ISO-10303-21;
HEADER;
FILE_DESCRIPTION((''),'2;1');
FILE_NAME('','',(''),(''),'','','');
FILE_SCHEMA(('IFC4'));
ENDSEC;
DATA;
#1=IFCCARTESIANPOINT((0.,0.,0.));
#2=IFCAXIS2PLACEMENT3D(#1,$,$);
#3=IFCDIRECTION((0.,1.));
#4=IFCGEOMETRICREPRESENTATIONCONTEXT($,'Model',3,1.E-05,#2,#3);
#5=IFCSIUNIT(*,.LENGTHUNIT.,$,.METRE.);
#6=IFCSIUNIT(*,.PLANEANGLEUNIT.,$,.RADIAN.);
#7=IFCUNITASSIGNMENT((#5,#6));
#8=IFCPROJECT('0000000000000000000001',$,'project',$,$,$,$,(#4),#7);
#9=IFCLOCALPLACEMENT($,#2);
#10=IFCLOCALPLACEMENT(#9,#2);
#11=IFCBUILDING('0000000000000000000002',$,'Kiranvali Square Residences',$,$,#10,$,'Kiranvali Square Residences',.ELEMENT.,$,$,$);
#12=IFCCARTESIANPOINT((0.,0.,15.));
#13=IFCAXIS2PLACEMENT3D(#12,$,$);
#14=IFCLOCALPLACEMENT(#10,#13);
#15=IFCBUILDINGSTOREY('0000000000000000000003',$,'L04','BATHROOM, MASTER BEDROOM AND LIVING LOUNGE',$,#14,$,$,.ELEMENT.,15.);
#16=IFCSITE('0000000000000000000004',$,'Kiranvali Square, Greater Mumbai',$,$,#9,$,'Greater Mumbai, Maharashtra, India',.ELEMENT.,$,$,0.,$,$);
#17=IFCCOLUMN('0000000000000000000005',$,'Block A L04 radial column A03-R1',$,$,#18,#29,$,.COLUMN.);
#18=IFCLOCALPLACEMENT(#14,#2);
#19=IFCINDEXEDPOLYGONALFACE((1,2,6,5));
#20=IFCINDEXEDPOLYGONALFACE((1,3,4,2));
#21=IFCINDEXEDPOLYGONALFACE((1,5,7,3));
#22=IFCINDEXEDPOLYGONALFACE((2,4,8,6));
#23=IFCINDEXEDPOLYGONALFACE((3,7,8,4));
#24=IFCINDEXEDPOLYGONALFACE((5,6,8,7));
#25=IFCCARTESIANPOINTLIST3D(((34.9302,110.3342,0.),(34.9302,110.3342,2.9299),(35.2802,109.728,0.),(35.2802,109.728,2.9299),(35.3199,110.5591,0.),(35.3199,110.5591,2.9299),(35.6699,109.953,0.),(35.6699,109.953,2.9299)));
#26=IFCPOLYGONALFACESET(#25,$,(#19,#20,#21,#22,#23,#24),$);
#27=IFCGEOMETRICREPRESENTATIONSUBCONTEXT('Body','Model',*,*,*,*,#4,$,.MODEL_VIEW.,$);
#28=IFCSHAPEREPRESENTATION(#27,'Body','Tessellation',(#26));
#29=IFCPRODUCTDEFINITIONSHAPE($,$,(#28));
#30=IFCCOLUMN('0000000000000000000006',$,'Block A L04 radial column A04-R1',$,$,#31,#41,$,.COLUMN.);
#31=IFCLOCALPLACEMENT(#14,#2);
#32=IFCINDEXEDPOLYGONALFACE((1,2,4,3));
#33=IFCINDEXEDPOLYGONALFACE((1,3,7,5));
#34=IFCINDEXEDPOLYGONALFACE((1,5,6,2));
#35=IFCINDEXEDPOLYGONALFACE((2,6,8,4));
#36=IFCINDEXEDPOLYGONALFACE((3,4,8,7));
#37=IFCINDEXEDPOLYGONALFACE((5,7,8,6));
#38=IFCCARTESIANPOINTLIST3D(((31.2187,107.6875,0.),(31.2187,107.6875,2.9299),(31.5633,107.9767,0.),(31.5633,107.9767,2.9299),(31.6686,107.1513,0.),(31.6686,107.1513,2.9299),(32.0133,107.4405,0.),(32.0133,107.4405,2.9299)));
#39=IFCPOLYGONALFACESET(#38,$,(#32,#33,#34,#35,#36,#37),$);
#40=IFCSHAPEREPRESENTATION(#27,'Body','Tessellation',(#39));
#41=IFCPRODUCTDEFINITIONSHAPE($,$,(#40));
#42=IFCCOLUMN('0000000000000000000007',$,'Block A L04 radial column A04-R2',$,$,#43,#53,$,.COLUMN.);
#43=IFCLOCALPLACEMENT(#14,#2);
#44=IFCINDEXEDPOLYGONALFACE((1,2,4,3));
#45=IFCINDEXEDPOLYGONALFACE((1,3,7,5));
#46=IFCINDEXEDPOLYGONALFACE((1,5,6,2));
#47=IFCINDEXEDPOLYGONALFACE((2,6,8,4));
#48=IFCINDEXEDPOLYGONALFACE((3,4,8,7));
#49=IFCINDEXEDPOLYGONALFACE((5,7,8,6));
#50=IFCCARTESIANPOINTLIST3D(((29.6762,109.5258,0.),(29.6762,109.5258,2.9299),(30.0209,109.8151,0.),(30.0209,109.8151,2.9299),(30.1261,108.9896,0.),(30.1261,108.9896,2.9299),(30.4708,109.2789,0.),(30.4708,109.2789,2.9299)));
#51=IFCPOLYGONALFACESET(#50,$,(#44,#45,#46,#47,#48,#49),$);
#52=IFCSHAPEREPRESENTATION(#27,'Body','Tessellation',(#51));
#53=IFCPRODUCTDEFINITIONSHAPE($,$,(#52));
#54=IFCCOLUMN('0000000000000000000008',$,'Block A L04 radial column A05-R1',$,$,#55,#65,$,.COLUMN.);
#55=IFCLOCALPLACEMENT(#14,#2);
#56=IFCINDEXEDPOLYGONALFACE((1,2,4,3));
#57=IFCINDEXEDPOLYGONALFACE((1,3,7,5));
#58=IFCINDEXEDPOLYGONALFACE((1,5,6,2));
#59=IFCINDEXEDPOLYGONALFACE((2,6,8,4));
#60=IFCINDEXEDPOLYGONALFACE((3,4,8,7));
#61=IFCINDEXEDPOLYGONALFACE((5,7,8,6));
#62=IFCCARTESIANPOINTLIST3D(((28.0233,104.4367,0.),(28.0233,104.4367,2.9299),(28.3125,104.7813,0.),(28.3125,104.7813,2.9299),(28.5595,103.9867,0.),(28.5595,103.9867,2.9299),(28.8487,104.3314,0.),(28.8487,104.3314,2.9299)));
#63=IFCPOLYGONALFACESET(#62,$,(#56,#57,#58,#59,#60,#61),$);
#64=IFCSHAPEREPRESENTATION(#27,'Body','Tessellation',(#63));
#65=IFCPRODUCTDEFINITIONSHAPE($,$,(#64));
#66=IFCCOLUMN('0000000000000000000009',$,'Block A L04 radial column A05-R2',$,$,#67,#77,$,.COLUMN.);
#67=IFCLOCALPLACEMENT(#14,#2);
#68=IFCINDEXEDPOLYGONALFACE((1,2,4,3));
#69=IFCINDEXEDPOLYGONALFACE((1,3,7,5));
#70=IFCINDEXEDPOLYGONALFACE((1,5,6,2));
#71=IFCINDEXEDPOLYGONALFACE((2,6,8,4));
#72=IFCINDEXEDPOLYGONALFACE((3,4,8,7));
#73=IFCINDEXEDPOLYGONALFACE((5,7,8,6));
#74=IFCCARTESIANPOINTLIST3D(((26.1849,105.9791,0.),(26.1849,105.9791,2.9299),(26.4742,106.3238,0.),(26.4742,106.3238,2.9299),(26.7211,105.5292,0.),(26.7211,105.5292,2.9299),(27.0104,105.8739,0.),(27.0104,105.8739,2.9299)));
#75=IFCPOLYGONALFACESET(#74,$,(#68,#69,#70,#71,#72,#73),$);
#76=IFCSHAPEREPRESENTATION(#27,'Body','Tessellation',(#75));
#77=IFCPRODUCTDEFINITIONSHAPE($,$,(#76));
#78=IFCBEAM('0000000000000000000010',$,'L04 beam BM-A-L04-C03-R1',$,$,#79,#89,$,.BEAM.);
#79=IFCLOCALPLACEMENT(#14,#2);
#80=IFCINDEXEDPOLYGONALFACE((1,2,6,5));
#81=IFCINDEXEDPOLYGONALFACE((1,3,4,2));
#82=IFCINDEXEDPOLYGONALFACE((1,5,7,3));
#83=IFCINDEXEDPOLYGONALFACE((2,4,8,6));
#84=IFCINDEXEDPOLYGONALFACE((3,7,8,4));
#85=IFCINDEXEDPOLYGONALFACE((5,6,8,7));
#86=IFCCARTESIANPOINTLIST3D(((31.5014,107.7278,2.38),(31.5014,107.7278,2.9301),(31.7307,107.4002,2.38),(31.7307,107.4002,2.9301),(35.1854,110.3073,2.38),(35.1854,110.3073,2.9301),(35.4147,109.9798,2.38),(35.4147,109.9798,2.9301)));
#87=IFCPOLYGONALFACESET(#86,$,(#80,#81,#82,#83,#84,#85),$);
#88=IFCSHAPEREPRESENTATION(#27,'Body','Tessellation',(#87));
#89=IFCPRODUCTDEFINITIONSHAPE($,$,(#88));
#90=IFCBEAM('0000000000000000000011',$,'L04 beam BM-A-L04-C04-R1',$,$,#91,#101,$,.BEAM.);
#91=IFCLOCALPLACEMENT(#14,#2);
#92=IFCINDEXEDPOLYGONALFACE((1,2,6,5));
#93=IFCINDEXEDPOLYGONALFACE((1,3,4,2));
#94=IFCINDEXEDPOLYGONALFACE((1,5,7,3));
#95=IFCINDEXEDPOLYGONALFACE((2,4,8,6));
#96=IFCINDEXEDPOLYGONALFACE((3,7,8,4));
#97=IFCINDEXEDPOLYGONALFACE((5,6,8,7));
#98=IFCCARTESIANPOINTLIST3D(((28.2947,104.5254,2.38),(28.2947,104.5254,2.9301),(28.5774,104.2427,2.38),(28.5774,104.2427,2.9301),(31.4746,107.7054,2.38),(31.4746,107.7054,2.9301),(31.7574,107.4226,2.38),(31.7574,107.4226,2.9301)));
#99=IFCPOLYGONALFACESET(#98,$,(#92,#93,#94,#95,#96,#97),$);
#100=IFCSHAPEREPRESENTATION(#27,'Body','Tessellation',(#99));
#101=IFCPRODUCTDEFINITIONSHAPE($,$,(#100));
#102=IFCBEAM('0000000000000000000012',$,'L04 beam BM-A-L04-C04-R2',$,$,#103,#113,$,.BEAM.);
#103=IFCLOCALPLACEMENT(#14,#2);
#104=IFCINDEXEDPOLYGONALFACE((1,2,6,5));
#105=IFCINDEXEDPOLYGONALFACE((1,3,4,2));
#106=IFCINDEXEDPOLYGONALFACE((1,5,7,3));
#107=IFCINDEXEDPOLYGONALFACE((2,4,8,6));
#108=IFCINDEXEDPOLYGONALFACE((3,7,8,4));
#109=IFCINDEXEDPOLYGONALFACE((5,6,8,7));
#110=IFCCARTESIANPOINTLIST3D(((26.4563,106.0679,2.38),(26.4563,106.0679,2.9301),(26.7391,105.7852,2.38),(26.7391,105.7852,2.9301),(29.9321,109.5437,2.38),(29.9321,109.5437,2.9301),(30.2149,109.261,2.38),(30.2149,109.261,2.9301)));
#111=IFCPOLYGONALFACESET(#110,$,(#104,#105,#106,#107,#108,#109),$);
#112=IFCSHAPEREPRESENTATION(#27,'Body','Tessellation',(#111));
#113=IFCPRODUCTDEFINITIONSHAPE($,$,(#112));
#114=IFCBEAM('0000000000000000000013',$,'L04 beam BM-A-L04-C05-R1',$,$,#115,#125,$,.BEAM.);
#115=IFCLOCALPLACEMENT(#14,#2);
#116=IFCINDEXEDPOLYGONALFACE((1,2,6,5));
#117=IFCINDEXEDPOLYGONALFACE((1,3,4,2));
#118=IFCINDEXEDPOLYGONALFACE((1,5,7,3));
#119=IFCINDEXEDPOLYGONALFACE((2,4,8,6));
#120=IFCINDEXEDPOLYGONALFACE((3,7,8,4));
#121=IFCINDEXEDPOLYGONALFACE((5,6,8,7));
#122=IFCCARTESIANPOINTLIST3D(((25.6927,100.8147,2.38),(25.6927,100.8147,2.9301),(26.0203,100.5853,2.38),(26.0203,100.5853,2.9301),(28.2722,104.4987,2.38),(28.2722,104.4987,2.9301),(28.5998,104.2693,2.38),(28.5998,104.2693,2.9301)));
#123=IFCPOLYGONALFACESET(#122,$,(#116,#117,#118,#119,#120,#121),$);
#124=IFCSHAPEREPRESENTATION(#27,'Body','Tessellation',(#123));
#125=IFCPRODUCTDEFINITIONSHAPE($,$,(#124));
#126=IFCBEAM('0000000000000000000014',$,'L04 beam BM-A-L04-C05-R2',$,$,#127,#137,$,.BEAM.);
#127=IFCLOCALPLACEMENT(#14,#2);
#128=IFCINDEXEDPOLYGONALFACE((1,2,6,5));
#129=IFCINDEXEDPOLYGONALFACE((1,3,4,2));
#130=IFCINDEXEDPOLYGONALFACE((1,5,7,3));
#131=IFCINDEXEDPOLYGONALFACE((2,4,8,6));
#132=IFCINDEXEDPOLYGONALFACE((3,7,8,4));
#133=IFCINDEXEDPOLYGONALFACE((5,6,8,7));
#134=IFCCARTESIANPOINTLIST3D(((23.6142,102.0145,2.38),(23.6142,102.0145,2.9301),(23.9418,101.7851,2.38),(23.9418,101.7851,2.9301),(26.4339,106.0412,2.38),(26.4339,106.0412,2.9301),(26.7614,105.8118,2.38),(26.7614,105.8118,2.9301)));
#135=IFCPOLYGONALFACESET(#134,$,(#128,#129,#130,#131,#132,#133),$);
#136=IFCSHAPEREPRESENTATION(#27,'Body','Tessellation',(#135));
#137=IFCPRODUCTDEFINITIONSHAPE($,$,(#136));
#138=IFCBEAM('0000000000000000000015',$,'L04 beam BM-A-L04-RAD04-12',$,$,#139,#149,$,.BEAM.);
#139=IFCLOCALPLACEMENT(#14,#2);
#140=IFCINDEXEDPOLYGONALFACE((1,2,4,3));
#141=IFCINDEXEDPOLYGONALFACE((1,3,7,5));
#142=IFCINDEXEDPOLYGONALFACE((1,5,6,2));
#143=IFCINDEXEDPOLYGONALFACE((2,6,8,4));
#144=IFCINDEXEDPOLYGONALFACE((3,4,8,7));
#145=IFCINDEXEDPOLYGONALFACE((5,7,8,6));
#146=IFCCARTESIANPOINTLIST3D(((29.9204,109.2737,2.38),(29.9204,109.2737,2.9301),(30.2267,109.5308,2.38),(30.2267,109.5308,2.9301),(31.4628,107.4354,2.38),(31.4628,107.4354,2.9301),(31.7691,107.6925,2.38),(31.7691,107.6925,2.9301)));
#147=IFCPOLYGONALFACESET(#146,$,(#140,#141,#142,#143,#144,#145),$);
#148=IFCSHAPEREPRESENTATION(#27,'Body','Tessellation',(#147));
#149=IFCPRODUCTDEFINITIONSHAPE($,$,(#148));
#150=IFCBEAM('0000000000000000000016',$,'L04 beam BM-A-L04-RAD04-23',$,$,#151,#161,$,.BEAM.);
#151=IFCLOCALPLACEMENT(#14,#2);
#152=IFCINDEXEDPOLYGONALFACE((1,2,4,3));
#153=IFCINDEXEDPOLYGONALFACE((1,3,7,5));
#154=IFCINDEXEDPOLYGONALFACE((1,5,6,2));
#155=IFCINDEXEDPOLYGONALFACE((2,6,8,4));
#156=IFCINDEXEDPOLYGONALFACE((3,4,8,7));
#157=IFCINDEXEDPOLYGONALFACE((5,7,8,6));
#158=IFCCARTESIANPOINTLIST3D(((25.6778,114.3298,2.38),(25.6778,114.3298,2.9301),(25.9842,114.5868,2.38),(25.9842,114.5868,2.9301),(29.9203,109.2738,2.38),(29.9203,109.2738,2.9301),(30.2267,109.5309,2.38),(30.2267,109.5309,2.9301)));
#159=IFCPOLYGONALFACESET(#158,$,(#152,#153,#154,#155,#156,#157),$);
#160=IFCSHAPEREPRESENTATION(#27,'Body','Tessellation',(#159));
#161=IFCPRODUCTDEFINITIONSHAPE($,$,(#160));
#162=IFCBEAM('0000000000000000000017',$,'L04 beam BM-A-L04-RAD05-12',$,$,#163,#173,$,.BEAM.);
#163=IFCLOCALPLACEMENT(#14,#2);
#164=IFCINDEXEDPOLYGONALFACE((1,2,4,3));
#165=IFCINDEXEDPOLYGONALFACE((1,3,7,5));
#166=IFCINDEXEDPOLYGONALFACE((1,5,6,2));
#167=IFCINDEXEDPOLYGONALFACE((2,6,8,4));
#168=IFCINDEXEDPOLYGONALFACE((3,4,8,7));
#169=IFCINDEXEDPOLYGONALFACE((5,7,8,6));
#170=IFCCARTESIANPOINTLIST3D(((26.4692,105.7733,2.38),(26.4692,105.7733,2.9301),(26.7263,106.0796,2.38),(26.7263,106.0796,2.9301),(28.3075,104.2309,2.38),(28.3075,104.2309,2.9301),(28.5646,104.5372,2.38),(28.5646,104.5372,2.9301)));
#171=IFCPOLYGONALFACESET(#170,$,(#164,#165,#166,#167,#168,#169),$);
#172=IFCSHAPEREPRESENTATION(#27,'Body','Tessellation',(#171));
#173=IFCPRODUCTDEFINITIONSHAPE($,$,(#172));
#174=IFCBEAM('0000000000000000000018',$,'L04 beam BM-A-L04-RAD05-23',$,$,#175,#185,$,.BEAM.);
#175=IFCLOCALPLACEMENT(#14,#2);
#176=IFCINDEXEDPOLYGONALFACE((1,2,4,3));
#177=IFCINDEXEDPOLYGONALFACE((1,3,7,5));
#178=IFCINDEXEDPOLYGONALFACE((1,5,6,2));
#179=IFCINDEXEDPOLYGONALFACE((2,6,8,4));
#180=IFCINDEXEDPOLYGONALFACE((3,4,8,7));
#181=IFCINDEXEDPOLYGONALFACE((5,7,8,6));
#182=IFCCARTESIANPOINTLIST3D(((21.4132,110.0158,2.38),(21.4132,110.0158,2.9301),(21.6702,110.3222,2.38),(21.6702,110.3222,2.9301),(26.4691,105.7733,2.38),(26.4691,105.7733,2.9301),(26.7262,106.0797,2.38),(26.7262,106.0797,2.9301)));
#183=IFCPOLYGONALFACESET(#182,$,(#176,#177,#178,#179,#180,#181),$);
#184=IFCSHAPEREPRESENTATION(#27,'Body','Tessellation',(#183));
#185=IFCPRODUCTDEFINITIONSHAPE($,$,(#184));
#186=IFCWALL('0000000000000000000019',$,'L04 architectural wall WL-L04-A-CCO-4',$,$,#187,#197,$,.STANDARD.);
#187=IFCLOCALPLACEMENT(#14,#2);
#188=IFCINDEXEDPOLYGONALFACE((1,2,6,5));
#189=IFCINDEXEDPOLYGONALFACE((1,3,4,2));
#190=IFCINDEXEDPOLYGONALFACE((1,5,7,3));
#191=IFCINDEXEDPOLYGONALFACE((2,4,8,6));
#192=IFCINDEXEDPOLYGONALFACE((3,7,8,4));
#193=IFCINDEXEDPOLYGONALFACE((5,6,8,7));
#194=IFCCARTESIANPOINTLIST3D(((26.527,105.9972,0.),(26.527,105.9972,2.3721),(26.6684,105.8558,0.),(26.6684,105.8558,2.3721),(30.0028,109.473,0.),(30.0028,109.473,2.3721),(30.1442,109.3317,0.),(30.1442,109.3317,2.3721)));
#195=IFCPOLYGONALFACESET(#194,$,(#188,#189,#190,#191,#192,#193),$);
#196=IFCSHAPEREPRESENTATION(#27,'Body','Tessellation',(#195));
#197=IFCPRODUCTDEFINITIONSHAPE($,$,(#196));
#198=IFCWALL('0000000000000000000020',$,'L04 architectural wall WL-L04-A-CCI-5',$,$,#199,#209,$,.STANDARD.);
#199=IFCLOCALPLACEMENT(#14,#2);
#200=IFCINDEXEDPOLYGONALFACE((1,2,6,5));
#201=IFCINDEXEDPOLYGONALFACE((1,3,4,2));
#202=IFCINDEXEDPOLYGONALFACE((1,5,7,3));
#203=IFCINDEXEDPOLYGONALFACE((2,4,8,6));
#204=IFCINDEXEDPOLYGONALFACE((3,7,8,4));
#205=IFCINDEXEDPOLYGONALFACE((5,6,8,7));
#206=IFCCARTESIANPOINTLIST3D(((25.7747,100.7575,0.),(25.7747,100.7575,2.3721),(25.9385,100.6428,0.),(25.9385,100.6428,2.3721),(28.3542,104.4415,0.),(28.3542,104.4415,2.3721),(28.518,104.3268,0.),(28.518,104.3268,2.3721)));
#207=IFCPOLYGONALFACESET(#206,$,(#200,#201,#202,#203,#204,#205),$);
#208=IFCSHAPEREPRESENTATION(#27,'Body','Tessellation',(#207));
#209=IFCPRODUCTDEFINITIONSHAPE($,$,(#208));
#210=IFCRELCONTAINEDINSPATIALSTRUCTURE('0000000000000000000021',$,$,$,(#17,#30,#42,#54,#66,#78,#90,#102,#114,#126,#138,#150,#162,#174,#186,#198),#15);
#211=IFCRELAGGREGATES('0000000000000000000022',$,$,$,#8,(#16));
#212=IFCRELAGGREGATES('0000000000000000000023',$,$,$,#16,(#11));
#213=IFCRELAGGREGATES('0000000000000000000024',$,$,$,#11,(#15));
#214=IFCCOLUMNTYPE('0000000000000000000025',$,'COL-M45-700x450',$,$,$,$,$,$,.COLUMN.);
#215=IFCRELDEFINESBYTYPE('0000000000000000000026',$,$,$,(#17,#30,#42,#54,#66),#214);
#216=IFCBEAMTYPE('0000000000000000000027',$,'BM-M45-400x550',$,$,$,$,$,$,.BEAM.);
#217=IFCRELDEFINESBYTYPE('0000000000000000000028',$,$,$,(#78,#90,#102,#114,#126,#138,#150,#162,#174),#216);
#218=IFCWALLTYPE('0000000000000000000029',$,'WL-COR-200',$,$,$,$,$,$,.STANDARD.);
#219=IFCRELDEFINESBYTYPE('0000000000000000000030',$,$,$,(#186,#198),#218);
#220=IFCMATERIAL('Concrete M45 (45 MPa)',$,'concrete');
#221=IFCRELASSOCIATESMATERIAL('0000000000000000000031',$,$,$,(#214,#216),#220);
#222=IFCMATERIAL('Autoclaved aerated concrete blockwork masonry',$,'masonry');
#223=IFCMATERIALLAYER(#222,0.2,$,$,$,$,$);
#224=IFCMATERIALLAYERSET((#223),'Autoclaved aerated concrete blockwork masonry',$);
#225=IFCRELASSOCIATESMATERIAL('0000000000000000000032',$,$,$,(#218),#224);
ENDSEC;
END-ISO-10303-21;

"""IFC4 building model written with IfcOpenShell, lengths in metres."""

from ifc_helpers import new_model, si_unit, direction, frame, frame_2d, origin, origin_2d, place, context, subcontext, project, spatial, rectangle, extrude, material, layer, layer_set, material_profile, profile_set, type_object, element, save


model = new_model("IFC4")

# Units and contexts
model_context = context("Model", 3, precision=1e-05, world=origin(), true_north=direction((0.0, 1.0)))
body_context = subcontext(model_context, "Body", "Model", "MODEL_VIEW")
ifc_project = project(units=[si_unit("LENGTHUNIT", "METRE"), si_unit("PLANEANGLEUNIT", "RADIAN")], contexts=[model_context])

# Site, building, storey
site_placement = place(None, origin())
site = spatial("IfcSite", under=ifc_project, at=site_placement, Name="Kiranvali Square, Greater Mumbai", LongName="Greater Mumbai, Maharashtra, India", CompositionType="ELEMENT", RefElevation=0.0)
building_placement = place(site_placement, origin())
building = spatial("IfcBuilding", under=site, at=building_placement, Name="Kiranvali Square Residences", LongName="Kiranvali Square Residences", CompositionType="ELEMENT")
storey_placement = place(building_placement, frame((0.0, 0.0, 15.0)))
storey = spatial("IfcBuildingStorey", under=building, at=storey_placement, Name="L04", Description="BATHROOM, MASTER BEDROOM AND LIVING LOUNGE", CompositionType="ELEMENT", Elevation=15.0)

# Columns
ifc_material_1 = material(Name="Concrete M45 (45 MPa)", Category="concrete")
ifc_material_profile_1 = material_profile(ifc_material_1, rectangle(XDim=0.45, YDim=0.7, at=origin_2d()), Name="RC 700x450")
ifc_profile_set_1 = profile_set([ifc_material_profile_1], Name="Concrete M45 (45 MPa)")
column_type = type_object("IfcColumnType", Name="COL-M45-700x450", PredefinedType="COLUMN", material=ifc_profile_set_1)
for number, where, z_axis, x_axis, name in (
    (1, (35.3, 110.1436, 0.0), (0.0, 0.0, 1.0), (0.866025, 0.5, 0.0), "Block A L04 radial column A03-R1"),
    (2, (31.616, 107.564, 0.0), (0.0, 0.0, 1.0), (0.766044, 0.642788, 0.0), "Block A L04 radial column A04-R1"),
    (3, (30.0735, 109.4023, 0.0), (0.0, 0.0, 1.0), (0.766044, 0.642788, 0.0), "Block A L04 radial column A04-R2"),
    (4, (28.436, 104.384, 0.0), (0.0, 0.0, 1.0), (0.642788, 0.766044, 0.0), "Block A L04 radial column A05-R1"),
    (5, (26.5977, 105.9265, 0.0), (0.0, 0.0, 1.0), (0.642788, 0.766044, 0.0), "Block A L04 radial column A05-R2"),
):
    element("IfcColumn", number, at=place(storey_placement, frame(where, z_axis=z_axis, x_axis=x_axis)), inside=storey, type_object=column_type, Name=name, PredefinedType="COLUMN", context=body_context, shape_type="SweptSolid", body=[
        extrude(rectangle(XDim=0.45, YDim=0.7, at=origin_2d()), origin(), (0.0, 0.0, 1.0), 2.9299),
    ])

# Beams
ifc_material_profile_2 = material_profile(ifc_material_1, rectangle(XDim=0.3999, YDim=0.55, at=origin_2d()), Name="RC 400x550")
ifc_profile_set_2 = profile_set([ifc_material_profile_2], Name="Concrete M45 (45 MPa)")
beam_type = type_object("IfcBeamType", Name="BM-M45-400x550", PredefinedType="BEAM", material=ifc_profile_set_2)
beam_1_placement = place(storey_placement, frame((35.3, 110.1436, 2.655), z_axis=(-0.819155, -0.573572, 0.0), x_axis=(0.573572, -0.819155, 0.0)))
element("IfcBeam", 6, at=beam_1_placement, inside=storey, type_object=beam_type, Name="L04 beam BM-A-L04-C03-R1", PredefinedType="BEAM", context=body_context, shape_type="SweptSolid", body=[
    extrude(rectangle(XDim=0.3999, YDim=0.55, at=origin_2d()), origin(), (0.0, 0.0, 1.0), 4.4973),
])
beam_2_placement = place(storey_placement, frame((31.616, 107.564, 2.655), z_axis=(-0.707107, -0.707107, 0.0), x_axis=(0.707107, -0.707107, 0.0)))
element("IfcBeam", 7, at=beam_2_placement, inside=storey, type_object=beam_type, Name="L04 beam BM-A-L04-C04-R1", PredefinedType="BEAM", context=body_context, shape_type="SweptSolid", body=[
    extrude(rectangle(XDim=0.3999, YDim=0.55, at=origin_2d()), origin(), (0.0, 0.0, 1.0), 4.4971),
])
beam_3_placement = place(storey_placement, frame((30.0735, 109.4023, 2.655), z_axis=(-0.707107, -0.707107, 0.0), x_axis=(0.707107, -0.707107, 0.0)))
element("IfcBeam", 8, at=beam_3_placement, inside=storey, type_object=beam_type, Name="L04 beam BM-A-L04-C04-R2", PredefinedType="BEAM", context=body_context, shape_type="SweptSolid", body=[
    extrude(rectangle(XDim=0.3999, YDim=0.55, at=origin_2d()), origin(), (0.0, 0.0, 1.0), 4.9155),
])
beam_4_placement = place(storey_placement, frame((28.436, 104.384, 2.655), z_axis=(-0.573572, -0.819155, 0.0), x_axis=(0.819155, -0.573572, 0.0)))
element("IfcBeam", 9, at=beam_4_placement, inside=storey, type_object=beam_type, Name="L04 beam BM-A-L04-C05-R1", PredefinedType="BEAM", context=body_context, shape_type="SweptSolid", body=[
    extrude(rectangle(XDim=0.3999, YDim=0.55, at=origin_2d()), origin(), (0.0, 0.0, 1.0), 4.4973),
])
beam_5_placement = place(storey_placement, frame((26.5977, 105.9265, 2.655), z_axis=(-0.573592, -0.819141, 0.0), x_axis=(0.819141, -0.573592, 0.0)))
element("IfcBeam", 10, at=beam_5_placement, inside=storey, type_object=beam_type, Name="L04 beam BM-A-L04-C05-R2", PredefinedType="BEAM", context=body_context, shape_type="SweptSolid", body=[
    extrude(rectangle(XDim=0.3999, YDim=0.55, at=origin_2d()), origin(), (0.0, 0.0, 1.0), 4.9158),
])
beam_6_placement = place(storey_placement, frame((31.616, 107.564, 2.655), z_axis=(-0.642763, 0.766065, 0.0), x_axis=(-0.766065, -0.642763, 0.0)))
element("IfcBeam", 11, at=beam_6_placement, inside=storey, type_object=beam_type, Name="L04 beam BM-A-L04-RAD04-12", PredefinedType="BEAM", context=body_context, shape_type="SweptSolid", body=[
    extrude(rectangle(XDim=0.3999, YDim=0.55, at=origin_2d()), origin(), (0.0, 0.0, 1.0), 2.3997),
])
beam_7_placement = place(storey_placement, frame((30.0735, 109.4023, 2.655), z_axis=(-0.642789, 0.766043, 0.0), x_axis=(-0.766043, -0.642789, 0.0)))
element("IfcBeam", 12, at=beam_7_placement, inside=storey, type_object=beam_type, Name="L04 beam BM-A-L04-RAD04-23", PredefinedType="BEAM", context=body_context, shape_type="SweptSolid", body=[
    extrude(rectangle(XDim=0.3999, YDim=0.55, at=origin_2d()), origin(), (0.0, 0.0, 1.0), 6.6001),
])
beam_8_placement = place(storey_placement, frame((28.436, 104.384, 2.655), z_axis=(-0.766065, 0.642763, 0.0), x_axis=(-0.642763, -0.766065, 0.0)))
element("IfcBeam", 13, at=beam_8_placement, inside=storey, type_object=beam_type, Name="L04 beam BM-A-L04-RAD05-12", PredefinedType="BEAM", context=body_context, shape_type="SweptSolid", body=[
    extrude(rectangle(XDim=0.3999, YDim=0.55, at=origin_2d()), origin(), (0.0, 0.0, 1.0), 2.3997),
])
beam_9_placement = place(storey_placement, frame((26.5977, 105.9265, 2.655), z_axis=(-0.766043, 0.642789, 0.0), x_axis=(-0.642789, -0.766043, 0.0)))
element("IfcBeam", 14, at=beam_9_placement, inside=storey, type_object=beam_type, Name="L04 beam BM-A-L04-RAD05-23", PredefinedType="BEAM", context=body_context, shape_type="SweptSolid", body=[
    extrude(rectangle(XDim=0.3999, YDim=0.55, at=origin_2d()), origin(), (0.0, 0.0, 1.0), 6.6001),
])

# Shared definitions
ifc_material_2 = material(Name="Autoclaved aerated concrete blockwork masonry", Category="masonry")
ifc_layer_1 = layer(ifc_material_2, 0.2)
ifc_layer_set_1 = layer_set([ifc_layer_1], Name="Autoclaved aerated concrete blockwork masonry")
wall_type_1 = type_object("IfcWallType", Name="WL-COR-200", PredefinedType="STANDARD", material=ifc_layer_set_1)

# Walls
wall_1_placement = place(storey_placement, frame((30.0735, 109.4023, 0.0), z_axis=(0.0, 0.0, 1.0), x_axis=(-0.707107, -0.707107, 0.0)))
element("IfcWall", 15, at=wall_1_placement, inside=storey, type_object=wall_type_1, Name="L04 architectural wall WL-L04-A-CCO-4", PredefinedType="STANDARD", context=body_context, shape_type="SweptSolid", body=[
    extrude(rectangle(XDim=4.9155, YDim=0.2, at=frame_2d((2.4578, 0.0))), origin(), (0.0, 0.0, 1.0), 2.3721),
])
wall_2_placement = place(storey_placement, frame((28.436, 104.384, 0.0), z_axis=(0.0, 0.0, 1.0), x_axis=(-0.573572, -0.819155, 0.0)))
element("IfcWall", 16, at=wall_2_placement, inside=storey, type_object=wall_type_1, Name="L04 architectural wall WL-L04-A-CCI-5", PredefinedType="STANDARD", context=body_context, shape_type="SweptSolid", body=[
    extrude(rectangle(XDim=4.4973, YDim=0.2, at=frame_2d((2.2485, 0.0))), origin(), (0.0, 0.0, 1.0), 2.3721),
])

save(model, "model.ifc")
